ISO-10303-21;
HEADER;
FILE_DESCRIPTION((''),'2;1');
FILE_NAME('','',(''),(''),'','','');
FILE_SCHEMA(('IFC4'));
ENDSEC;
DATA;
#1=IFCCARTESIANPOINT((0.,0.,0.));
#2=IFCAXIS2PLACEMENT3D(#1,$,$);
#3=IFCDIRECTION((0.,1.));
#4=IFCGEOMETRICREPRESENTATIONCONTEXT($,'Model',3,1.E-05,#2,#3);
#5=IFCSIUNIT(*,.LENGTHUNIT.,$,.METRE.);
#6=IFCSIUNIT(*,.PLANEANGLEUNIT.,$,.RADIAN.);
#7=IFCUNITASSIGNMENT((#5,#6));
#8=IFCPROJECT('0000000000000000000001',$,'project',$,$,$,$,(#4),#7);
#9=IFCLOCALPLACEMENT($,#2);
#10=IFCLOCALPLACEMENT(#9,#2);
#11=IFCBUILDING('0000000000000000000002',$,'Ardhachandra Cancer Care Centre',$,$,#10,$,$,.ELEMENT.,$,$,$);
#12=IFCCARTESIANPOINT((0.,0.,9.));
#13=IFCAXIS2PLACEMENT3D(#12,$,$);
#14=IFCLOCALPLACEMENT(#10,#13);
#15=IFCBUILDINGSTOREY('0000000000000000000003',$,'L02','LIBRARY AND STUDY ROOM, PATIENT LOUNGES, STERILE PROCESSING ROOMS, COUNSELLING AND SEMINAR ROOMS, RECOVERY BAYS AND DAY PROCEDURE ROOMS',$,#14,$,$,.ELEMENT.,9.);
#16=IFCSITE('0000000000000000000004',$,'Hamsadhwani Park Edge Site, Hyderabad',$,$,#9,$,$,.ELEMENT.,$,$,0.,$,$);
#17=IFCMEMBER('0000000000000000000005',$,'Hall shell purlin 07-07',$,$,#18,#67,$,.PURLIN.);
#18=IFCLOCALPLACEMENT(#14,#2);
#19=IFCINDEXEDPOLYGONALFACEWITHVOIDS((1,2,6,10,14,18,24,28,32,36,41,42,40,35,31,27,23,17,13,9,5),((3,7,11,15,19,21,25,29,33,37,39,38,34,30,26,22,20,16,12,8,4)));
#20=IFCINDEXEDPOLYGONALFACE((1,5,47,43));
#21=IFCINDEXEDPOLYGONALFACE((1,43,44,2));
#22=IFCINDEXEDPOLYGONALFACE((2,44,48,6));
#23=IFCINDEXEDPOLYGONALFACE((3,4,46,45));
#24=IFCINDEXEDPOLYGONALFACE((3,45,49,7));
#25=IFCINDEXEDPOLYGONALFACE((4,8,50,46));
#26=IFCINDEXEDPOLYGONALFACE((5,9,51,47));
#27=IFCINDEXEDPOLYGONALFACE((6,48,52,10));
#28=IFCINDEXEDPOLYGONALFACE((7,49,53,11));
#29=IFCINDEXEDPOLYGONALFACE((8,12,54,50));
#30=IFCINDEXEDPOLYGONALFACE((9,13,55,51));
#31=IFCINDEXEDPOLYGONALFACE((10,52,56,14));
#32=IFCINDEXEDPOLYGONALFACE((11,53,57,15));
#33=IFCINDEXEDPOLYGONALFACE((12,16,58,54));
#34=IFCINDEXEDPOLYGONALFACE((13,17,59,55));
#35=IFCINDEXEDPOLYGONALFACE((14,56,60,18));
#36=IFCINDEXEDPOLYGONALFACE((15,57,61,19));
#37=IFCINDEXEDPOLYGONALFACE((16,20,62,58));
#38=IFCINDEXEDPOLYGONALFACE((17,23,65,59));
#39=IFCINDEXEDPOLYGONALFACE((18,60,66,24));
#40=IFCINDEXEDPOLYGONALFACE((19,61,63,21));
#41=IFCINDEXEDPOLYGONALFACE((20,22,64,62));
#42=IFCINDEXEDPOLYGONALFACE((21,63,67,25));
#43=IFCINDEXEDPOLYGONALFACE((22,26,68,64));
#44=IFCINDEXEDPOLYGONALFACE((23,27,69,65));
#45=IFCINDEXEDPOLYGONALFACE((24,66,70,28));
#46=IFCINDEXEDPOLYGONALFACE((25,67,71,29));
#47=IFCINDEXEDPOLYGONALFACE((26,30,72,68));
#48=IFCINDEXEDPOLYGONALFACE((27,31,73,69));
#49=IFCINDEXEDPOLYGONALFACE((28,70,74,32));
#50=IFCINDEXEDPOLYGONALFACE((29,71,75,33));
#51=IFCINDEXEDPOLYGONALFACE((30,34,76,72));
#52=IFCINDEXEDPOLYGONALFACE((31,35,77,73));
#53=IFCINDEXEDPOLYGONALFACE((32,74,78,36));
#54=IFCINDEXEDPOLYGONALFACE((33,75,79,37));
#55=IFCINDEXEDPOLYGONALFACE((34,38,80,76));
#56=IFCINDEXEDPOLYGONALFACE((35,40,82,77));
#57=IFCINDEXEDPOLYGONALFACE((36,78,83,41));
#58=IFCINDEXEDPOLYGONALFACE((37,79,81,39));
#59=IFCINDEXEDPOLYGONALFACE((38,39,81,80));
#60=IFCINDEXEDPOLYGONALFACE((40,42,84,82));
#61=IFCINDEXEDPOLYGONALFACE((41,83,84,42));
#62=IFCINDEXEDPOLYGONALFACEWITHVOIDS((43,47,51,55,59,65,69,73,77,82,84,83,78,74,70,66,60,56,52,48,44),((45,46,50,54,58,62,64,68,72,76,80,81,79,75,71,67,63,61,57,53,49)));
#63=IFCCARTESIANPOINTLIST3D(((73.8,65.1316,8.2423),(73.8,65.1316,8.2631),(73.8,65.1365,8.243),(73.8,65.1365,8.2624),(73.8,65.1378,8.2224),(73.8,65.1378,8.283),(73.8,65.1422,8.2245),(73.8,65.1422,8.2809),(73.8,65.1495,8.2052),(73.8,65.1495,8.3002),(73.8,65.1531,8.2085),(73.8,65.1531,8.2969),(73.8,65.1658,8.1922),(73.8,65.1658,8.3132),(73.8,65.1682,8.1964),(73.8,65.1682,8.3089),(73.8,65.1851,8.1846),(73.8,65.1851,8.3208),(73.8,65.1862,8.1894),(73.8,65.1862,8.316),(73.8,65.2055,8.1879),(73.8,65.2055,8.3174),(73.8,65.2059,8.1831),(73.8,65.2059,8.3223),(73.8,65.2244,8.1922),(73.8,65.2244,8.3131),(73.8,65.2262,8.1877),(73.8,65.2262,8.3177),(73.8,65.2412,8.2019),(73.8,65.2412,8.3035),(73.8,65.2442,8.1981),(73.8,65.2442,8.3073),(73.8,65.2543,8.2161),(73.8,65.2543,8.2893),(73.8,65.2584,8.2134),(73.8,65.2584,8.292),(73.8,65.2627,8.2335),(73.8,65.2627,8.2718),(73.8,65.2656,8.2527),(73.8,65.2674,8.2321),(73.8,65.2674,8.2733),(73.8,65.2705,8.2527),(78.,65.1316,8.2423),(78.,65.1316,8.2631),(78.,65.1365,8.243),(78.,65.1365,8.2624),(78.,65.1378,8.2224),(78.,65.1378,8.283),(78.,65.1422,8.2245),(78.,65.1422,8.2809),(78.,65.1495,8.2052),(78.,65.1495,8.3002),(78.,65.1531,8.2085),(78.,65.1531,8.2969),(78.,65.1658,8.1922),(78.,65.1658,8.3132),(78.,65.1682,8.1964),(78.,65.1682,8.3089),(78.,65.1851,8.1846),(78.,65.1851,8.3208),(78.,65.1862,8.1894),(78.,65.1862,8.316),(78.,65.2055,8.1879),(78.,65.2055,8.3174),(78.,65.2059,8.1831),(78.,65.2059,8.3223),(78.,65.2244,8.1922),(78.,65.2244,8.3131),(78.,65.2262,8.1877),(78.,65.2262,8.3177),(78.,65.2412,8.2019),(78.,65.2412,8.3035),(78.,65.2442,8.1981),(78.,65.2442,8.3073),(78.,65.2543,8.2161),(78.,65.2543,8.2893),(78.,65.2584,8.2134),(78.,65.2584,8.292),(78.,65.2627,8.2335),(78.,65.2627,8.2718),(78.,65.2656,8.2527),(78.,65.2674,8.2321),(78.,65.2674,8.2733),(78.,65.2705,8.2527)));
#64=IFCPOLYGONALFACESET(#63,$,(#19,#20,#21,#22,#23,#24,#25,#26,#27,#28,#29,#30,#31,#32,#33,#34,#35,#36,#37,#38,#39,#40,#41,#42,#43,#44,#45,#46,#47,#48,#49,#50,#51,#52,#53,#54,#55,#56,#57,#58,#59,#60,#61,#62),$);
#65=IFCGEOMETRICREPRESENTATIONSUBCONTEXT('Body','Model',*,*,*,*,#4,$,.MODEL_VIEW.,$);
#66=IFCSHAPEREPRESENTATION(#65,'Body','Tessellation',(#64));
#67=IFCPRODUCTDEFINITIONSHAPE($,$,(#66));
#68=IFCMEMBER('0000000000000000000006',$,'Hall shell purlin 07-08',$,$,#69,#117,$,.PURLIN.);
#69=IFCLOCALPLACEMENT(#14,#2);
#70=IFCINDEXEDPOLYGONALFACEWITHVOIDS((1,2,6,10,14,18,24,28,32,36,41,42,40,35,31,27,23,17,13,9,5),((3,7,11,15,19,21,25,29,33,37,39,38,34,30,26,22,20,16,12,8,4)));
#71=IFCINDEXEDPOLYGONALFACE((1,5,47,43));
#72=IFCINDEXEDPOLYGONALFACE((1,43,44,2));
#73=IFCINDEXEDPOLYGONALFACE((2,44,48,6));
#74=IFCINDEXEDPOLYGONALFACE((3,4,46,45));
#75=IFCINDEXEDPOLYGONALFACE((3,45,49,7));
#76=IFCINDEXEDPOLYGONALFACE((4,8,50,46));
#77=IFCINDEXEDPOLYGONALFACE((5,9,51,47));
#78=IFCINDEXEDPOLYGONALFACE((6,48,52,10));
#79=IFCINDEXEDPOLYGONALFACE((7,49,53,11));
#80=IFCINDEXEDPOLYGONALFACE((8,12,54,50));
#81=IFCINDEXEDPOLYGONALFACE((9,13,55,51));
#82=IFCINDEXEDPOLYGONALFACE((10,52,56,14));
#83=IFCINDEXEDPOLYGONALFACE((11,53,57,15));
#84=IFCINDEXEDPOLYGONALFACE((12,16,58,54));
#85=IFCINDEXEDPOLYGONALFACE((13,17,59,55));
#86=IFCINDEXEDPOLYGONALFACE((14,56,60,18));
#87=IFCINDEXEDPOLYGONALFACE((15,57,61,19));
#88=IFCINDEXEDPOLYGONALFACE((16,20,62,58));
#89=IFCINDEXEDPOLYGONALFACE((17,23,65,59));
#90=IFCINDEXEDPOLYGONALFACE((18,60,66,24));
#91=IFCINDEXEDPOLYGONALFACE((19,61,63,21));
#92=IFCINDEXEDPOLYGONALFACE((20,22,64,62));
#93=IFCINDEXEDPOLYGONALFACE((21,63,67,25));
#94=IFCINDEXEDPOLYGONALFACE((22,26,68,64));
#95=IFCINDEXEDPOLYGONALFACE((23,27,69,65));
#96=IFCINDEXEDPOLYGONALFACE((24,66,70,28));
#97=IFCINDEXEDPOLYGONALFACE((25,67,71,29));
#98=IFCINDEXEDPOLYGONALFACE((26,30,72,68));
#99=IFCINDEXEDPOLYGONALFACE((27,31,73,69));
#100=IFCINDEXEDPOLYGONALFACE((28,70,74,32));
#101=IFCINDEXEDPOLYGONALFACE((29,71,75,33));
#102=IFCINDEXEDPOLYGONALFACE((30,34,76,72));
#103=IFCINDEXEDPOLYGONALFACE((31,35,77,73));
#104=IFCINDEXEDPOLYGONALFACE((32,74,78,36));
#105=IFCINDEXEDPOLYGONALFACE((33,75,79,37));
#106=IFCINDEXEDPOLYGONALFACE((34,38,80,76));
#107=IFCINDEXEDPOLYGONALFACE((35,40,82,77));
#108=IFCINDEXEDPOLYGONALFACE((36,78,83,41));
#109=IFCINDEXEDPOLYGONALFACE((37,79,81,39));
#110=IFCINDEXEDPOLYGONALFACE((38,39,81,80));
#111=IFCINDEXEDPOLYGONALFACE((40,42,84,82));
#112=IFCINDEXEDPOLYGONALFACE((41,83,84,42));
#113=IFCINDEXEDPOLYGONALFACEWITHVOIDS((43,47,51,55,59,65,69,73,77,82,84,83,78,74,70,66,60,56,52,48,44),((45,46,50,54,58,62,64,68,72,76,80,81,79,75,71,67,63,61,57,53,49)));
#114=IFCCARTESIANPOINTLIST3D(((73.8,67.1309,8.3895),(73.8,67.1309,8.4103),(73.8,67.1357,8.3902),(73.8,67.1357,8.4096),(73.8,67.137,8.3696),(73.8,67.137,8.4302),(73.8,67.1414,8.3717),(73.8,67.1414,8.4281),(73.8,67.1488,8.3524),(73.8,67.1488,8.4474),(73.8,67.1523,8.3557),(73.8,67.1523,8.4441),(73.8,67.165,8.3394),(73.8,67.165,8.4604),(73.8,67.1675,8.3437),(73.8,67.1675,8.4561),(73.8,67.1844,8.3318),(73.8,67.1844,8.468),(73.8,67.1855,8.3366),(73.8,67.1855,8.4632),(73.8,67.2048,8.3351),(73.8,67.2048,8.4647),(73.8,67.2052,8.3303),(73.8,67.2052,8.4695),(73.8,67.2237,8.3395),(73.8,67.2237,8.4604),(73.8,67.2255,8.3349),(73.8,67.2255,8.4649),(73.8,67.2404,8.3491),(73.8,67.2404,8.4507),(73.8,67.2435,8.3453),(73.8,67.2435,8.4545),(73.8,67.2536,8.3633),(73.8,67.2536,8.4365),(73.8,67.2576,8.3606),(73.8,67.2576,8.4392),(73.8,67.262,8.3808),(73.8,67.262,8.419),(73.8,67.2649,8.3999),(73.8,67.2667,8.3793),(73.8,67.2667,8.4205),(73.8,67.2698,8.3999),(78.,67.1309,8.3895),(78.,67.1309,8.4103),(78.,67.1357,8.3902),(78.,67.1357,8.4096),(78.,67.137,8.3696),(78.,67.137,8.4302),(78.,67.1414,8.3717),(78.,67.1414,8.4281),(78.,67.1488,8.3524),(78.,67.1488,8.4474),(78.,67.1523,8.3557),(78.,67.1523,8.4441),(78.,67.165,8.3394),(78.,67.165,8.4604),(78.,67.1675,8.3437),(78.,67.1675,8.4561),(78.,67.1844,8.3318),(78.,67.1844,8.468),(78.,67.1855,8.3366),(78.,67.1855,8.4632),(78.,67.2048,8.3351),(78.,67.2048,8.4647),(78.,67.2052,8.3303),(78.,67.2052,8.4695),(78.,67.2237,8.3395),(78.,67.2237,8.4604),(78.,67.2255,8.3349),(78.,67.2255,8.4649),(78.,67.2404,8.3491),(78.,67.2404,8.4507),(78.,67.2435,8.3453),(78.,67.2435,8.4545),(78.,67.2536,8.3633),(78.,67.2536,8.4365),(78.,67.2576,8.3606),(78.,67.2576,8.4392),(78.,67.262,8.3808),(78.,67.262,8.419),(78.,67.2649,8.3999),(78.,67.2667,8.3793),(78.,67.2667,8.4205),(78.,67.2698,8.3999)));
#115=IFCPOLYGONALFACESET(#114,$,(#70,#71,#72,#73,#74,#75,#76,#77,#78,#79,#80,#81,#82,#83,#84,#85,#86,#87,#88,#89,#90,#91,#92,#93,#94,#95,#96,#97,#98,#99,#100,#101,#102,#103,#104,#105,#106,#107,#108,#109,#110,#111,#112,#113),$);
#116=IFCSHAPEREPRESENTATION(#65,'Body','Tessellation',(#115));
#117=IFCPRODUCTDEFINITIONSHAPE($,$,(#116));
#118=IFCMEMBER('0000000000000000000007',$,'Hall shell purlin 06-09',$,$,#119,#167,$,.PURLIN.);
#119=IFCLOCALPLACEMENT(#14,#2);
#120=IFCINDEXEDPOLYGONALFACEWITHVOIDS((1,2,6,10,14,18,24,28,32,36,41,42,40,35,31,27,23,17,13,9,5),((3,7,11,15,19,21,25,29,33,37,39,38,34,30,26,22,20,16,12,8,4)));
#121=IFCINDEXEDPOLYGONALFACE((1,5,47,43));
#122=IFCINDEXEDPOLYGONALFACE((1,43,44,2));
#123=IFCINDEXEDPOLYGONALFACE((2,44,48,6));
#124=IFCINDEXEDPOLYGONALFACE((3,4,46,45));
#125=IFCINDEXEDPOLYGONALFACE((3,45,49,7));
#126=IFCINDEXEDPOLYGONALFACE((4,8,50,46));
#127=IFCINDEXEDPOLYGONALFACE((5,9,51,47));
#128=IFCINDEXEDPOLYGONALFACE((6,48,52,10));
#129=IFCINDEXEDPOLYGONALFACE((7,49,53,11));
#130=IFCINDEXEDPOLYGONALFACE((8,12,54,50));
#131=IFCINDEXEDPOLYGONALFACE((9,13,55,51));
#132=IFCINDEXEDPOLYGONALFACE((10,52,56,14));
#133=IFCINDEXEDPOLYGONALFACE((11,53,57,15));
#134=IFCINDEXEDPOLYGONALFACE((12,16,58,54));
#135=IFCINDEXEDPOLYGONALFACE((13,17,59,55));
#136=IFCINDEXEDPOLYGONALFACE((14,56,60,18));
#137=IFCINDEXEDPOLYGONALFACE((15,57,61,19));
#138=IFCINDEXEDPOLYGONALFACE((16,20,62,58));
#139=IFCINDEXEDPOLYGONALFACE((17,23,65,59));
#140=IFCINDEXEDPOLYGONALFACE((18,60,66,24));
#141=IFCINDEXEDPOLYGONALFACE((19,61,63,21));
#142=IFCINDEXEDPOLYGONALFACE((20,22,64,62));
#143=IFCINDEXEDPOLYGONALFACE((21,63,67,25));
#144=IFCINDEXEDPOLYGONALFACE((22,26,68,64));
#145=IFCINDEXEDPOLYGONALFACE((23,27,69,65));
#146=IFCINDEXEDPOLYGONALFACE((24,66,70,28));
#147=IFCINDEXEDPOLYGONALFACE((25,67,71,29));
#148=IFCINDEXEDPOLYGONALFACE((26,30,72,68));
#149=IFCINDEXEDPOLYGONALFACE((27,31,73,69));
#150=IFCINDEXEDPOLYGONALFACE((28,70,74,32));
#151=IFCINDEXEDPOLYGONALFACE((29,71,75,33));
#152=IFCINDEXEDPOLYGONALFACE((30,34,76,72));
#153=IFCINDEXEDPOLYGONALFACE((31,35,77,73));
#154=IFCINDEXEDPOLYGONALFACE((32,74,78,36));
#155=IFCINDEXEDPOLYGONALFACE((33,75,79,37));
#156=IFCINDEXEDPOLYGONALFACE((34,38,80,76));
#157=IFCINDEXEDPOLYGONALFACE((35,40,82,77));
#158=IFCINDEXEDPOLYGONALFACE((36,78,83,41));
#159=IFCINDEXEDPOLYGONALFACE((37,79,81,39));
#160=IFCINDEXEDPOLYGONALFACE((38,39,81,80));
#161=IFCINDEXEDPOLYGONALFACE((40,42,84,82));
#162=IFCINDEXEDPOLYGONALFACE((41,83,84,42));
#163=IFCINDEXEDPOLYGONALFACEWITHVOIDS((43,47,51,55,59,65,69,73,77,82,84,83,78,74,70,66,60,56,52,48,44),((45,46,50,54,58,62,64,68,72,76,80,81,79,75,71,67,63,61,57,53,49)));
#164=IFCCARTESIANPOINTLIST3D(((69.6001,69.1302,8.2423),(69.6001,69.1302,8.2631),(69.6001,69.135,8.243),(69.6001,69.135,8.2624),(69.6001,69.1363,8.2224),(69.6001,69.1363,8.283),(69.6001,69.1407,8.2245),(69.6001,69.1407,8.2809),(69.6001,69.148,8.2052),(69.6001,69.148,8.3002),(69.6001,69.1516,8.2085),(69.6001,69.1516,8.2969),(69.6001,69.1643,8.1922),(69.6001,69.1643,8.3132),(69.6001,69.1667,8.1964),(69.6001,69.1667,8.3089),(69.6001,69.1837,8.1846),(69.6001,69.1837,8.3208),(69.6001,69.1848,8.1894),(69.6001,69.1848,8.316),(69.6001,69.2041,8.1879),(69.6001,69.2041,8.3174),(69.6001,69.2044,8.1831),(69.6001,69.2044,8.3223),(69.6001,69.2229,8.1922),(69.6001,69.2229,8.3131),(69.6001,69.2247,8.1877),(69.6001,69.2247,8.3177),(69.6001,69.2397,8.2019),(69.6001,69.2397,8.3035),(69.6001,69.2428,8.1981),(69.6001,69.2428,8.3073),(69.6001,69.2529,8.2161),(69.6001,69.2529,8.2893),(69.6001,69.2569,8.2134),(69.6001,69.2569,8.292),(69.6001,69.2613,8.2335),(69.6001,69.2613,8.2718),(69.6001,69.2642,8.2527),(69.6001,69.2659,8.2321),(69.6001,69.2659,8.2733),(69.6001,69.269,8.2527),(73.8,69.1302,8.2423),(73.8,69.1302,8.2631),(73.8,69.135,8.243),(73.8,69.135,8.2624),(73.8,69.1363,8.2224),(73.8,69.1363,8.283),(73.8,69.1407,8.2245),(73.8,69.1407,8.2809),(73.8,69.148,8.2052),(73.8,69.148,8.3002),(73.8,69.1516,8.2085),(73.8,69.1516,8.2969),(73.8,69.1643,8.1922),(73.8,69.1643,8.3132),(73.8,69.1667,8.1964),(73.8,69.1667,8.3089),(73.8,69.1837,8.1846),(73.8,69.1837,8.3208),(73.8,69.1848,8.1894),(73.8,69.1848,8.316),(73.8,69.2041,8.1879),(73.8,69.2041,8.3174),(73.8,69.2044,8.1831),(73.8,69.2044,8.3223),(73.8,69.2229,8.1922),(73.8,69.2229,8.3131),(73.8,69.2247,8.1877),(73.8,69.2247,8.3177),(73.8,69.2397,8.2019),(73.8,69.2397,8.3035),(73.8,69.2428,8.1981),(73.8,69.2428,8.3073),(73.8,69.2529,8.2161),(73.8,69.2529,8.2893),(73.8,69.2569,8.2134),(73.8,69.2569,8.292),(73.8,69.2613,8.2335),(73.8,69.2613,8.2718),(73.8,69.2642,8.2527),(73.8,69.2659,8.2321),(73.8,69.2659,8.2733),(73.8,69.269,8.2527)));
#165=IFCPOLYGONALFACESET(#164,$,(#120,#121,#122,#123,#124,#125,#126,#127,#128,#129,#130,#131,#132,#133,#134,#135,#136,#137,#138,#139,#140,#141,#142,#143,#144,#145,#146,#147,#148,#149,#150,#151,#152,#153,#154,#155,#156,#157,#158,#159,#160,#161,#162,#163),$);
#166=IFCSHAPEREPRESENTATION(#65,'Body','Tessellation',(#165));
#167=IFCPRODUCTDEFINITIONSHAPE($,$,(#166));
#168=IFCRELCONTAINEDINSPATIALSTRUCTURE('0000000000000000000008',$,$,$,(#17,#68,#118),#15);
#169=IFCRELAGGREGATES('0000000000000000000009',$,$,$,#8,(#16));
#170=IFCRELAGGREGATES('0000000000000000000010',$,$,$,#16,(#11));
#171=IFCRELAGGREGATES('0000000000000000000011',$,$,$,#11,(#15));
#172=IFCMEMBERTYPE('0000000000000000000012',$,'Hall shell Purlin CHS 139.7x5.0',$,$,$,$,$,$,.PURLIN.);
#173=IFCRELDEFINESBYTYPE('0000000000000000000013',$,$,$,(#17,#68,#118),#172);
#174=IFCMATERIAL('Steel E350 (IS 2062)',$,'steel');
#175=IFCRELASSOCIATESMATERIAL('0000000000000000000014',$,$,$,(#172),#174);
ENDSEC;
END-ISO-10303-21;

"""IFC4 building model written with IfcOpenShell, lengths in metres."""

from ifc_helpers import new_model, si_unit, direction, frame, origin, origin_2d, place, context, subcontext, project, spatial, hollow_circle, extrude, material, material_profile, profile_set, type_object, element, save


model = new_model("IFC4")

# Units and contexts
model_context = context("Model", 3, precision=1e-05, world=origin(), true_north=direction((0.0, 1.0)))
body_context = subcontext(model_context, "Body", "Model", "MODEL_VIEW")
ifc_project = project(units=[si_unit("LENGTHUNIT", "METRE"), si_unit("PLANEANGLEUNIT", "RADIAN")], contexts=[model_context])

# Site, building, storey
site_placement = place(None, origin())
site = spatial("IfcSite", under=ifc_project, at=site_placement, Name="Hamsadhwani Park Edge Site, Hyderabad", CompositionType="ELEMENT", RefElevation=0.0)
building_placement = place(site_placement, origin())
building = spatial("IfcBuilding", under=site, at=building_placement, Name="Ardhachandra Cancer Care Centre", CompositionType="ELEMENT")
storey_placement = place(building_placement, frame((0.0, 0.0, 9.0)))
storey = spatial("IfcBuildingStorey", under=building, at=storey_placement, Name="L02", Description="LIBRARY AND STUDY ROOM, PATIENT LOUNGES, STERILE PROCESSING ROOMS, COUNSELLING AND SEMINAR ROOMS, RECOVERY BAYS AND DAY PROCEDURE ROOMS", CompositionType="ELEMENT", Elevation=9.0)

# Members
ifc_material_1 = material(Name="Steel E350 (IS 2062)", Category="steel")
ifc_material_profile_1 = material_profile(ifc_material_1, hollow_circle(Radius=0.0698, WallThickness=0.0049, at=origin_2d()), Name="CHS 139.7x5.0")
ifc_profile_set_1 = profile_set([ifc_material_profile_1], Name="Steel E350 (IS 2062)")
member_type_1 = type_object("IfcMemberType", Name="Hall shell Purlin CHS 139.7x5.0", PredefinedType="PURLIN", material=ifc_profile_set_1)
for number, where, z_axis, x_axis, name in (
    (1, (73.8, 65.2007, 8.2527), (1.0, 0.0, 0.0), (0.0, 1.0, 0.0), "Hall shell purlin 07-07"),
    (2, (73.8, 67.2, 8.3999), (1.0, 0.0, 0.0), (0.0, 1.0, 0.0), "Hall shell purlin 07-08"),
    (3, (69.6001, 69.1992, 8.2527), (1.0, 0.0, 0.0), (0.0, 1.0, 0.0), "Hall shell purlin 06-09"),
):
    element("IfcMember", number, at=place(storey_placement, frame(where, z_axis=z_axis, x_axis=x_axis)), inside=storey, type_object=member_type_1, Name=name, PredefinedType="PURLIN", context=body_context, shape_type="SweptSolid", body=[
        extrude(hollow_circle(Radius=0.0698, WallThickness=0.0049, at=origin_2d()), origin(), (0.0, 0.0, 1.0), 4.2),
    ])

save(model, "model.ifc")
